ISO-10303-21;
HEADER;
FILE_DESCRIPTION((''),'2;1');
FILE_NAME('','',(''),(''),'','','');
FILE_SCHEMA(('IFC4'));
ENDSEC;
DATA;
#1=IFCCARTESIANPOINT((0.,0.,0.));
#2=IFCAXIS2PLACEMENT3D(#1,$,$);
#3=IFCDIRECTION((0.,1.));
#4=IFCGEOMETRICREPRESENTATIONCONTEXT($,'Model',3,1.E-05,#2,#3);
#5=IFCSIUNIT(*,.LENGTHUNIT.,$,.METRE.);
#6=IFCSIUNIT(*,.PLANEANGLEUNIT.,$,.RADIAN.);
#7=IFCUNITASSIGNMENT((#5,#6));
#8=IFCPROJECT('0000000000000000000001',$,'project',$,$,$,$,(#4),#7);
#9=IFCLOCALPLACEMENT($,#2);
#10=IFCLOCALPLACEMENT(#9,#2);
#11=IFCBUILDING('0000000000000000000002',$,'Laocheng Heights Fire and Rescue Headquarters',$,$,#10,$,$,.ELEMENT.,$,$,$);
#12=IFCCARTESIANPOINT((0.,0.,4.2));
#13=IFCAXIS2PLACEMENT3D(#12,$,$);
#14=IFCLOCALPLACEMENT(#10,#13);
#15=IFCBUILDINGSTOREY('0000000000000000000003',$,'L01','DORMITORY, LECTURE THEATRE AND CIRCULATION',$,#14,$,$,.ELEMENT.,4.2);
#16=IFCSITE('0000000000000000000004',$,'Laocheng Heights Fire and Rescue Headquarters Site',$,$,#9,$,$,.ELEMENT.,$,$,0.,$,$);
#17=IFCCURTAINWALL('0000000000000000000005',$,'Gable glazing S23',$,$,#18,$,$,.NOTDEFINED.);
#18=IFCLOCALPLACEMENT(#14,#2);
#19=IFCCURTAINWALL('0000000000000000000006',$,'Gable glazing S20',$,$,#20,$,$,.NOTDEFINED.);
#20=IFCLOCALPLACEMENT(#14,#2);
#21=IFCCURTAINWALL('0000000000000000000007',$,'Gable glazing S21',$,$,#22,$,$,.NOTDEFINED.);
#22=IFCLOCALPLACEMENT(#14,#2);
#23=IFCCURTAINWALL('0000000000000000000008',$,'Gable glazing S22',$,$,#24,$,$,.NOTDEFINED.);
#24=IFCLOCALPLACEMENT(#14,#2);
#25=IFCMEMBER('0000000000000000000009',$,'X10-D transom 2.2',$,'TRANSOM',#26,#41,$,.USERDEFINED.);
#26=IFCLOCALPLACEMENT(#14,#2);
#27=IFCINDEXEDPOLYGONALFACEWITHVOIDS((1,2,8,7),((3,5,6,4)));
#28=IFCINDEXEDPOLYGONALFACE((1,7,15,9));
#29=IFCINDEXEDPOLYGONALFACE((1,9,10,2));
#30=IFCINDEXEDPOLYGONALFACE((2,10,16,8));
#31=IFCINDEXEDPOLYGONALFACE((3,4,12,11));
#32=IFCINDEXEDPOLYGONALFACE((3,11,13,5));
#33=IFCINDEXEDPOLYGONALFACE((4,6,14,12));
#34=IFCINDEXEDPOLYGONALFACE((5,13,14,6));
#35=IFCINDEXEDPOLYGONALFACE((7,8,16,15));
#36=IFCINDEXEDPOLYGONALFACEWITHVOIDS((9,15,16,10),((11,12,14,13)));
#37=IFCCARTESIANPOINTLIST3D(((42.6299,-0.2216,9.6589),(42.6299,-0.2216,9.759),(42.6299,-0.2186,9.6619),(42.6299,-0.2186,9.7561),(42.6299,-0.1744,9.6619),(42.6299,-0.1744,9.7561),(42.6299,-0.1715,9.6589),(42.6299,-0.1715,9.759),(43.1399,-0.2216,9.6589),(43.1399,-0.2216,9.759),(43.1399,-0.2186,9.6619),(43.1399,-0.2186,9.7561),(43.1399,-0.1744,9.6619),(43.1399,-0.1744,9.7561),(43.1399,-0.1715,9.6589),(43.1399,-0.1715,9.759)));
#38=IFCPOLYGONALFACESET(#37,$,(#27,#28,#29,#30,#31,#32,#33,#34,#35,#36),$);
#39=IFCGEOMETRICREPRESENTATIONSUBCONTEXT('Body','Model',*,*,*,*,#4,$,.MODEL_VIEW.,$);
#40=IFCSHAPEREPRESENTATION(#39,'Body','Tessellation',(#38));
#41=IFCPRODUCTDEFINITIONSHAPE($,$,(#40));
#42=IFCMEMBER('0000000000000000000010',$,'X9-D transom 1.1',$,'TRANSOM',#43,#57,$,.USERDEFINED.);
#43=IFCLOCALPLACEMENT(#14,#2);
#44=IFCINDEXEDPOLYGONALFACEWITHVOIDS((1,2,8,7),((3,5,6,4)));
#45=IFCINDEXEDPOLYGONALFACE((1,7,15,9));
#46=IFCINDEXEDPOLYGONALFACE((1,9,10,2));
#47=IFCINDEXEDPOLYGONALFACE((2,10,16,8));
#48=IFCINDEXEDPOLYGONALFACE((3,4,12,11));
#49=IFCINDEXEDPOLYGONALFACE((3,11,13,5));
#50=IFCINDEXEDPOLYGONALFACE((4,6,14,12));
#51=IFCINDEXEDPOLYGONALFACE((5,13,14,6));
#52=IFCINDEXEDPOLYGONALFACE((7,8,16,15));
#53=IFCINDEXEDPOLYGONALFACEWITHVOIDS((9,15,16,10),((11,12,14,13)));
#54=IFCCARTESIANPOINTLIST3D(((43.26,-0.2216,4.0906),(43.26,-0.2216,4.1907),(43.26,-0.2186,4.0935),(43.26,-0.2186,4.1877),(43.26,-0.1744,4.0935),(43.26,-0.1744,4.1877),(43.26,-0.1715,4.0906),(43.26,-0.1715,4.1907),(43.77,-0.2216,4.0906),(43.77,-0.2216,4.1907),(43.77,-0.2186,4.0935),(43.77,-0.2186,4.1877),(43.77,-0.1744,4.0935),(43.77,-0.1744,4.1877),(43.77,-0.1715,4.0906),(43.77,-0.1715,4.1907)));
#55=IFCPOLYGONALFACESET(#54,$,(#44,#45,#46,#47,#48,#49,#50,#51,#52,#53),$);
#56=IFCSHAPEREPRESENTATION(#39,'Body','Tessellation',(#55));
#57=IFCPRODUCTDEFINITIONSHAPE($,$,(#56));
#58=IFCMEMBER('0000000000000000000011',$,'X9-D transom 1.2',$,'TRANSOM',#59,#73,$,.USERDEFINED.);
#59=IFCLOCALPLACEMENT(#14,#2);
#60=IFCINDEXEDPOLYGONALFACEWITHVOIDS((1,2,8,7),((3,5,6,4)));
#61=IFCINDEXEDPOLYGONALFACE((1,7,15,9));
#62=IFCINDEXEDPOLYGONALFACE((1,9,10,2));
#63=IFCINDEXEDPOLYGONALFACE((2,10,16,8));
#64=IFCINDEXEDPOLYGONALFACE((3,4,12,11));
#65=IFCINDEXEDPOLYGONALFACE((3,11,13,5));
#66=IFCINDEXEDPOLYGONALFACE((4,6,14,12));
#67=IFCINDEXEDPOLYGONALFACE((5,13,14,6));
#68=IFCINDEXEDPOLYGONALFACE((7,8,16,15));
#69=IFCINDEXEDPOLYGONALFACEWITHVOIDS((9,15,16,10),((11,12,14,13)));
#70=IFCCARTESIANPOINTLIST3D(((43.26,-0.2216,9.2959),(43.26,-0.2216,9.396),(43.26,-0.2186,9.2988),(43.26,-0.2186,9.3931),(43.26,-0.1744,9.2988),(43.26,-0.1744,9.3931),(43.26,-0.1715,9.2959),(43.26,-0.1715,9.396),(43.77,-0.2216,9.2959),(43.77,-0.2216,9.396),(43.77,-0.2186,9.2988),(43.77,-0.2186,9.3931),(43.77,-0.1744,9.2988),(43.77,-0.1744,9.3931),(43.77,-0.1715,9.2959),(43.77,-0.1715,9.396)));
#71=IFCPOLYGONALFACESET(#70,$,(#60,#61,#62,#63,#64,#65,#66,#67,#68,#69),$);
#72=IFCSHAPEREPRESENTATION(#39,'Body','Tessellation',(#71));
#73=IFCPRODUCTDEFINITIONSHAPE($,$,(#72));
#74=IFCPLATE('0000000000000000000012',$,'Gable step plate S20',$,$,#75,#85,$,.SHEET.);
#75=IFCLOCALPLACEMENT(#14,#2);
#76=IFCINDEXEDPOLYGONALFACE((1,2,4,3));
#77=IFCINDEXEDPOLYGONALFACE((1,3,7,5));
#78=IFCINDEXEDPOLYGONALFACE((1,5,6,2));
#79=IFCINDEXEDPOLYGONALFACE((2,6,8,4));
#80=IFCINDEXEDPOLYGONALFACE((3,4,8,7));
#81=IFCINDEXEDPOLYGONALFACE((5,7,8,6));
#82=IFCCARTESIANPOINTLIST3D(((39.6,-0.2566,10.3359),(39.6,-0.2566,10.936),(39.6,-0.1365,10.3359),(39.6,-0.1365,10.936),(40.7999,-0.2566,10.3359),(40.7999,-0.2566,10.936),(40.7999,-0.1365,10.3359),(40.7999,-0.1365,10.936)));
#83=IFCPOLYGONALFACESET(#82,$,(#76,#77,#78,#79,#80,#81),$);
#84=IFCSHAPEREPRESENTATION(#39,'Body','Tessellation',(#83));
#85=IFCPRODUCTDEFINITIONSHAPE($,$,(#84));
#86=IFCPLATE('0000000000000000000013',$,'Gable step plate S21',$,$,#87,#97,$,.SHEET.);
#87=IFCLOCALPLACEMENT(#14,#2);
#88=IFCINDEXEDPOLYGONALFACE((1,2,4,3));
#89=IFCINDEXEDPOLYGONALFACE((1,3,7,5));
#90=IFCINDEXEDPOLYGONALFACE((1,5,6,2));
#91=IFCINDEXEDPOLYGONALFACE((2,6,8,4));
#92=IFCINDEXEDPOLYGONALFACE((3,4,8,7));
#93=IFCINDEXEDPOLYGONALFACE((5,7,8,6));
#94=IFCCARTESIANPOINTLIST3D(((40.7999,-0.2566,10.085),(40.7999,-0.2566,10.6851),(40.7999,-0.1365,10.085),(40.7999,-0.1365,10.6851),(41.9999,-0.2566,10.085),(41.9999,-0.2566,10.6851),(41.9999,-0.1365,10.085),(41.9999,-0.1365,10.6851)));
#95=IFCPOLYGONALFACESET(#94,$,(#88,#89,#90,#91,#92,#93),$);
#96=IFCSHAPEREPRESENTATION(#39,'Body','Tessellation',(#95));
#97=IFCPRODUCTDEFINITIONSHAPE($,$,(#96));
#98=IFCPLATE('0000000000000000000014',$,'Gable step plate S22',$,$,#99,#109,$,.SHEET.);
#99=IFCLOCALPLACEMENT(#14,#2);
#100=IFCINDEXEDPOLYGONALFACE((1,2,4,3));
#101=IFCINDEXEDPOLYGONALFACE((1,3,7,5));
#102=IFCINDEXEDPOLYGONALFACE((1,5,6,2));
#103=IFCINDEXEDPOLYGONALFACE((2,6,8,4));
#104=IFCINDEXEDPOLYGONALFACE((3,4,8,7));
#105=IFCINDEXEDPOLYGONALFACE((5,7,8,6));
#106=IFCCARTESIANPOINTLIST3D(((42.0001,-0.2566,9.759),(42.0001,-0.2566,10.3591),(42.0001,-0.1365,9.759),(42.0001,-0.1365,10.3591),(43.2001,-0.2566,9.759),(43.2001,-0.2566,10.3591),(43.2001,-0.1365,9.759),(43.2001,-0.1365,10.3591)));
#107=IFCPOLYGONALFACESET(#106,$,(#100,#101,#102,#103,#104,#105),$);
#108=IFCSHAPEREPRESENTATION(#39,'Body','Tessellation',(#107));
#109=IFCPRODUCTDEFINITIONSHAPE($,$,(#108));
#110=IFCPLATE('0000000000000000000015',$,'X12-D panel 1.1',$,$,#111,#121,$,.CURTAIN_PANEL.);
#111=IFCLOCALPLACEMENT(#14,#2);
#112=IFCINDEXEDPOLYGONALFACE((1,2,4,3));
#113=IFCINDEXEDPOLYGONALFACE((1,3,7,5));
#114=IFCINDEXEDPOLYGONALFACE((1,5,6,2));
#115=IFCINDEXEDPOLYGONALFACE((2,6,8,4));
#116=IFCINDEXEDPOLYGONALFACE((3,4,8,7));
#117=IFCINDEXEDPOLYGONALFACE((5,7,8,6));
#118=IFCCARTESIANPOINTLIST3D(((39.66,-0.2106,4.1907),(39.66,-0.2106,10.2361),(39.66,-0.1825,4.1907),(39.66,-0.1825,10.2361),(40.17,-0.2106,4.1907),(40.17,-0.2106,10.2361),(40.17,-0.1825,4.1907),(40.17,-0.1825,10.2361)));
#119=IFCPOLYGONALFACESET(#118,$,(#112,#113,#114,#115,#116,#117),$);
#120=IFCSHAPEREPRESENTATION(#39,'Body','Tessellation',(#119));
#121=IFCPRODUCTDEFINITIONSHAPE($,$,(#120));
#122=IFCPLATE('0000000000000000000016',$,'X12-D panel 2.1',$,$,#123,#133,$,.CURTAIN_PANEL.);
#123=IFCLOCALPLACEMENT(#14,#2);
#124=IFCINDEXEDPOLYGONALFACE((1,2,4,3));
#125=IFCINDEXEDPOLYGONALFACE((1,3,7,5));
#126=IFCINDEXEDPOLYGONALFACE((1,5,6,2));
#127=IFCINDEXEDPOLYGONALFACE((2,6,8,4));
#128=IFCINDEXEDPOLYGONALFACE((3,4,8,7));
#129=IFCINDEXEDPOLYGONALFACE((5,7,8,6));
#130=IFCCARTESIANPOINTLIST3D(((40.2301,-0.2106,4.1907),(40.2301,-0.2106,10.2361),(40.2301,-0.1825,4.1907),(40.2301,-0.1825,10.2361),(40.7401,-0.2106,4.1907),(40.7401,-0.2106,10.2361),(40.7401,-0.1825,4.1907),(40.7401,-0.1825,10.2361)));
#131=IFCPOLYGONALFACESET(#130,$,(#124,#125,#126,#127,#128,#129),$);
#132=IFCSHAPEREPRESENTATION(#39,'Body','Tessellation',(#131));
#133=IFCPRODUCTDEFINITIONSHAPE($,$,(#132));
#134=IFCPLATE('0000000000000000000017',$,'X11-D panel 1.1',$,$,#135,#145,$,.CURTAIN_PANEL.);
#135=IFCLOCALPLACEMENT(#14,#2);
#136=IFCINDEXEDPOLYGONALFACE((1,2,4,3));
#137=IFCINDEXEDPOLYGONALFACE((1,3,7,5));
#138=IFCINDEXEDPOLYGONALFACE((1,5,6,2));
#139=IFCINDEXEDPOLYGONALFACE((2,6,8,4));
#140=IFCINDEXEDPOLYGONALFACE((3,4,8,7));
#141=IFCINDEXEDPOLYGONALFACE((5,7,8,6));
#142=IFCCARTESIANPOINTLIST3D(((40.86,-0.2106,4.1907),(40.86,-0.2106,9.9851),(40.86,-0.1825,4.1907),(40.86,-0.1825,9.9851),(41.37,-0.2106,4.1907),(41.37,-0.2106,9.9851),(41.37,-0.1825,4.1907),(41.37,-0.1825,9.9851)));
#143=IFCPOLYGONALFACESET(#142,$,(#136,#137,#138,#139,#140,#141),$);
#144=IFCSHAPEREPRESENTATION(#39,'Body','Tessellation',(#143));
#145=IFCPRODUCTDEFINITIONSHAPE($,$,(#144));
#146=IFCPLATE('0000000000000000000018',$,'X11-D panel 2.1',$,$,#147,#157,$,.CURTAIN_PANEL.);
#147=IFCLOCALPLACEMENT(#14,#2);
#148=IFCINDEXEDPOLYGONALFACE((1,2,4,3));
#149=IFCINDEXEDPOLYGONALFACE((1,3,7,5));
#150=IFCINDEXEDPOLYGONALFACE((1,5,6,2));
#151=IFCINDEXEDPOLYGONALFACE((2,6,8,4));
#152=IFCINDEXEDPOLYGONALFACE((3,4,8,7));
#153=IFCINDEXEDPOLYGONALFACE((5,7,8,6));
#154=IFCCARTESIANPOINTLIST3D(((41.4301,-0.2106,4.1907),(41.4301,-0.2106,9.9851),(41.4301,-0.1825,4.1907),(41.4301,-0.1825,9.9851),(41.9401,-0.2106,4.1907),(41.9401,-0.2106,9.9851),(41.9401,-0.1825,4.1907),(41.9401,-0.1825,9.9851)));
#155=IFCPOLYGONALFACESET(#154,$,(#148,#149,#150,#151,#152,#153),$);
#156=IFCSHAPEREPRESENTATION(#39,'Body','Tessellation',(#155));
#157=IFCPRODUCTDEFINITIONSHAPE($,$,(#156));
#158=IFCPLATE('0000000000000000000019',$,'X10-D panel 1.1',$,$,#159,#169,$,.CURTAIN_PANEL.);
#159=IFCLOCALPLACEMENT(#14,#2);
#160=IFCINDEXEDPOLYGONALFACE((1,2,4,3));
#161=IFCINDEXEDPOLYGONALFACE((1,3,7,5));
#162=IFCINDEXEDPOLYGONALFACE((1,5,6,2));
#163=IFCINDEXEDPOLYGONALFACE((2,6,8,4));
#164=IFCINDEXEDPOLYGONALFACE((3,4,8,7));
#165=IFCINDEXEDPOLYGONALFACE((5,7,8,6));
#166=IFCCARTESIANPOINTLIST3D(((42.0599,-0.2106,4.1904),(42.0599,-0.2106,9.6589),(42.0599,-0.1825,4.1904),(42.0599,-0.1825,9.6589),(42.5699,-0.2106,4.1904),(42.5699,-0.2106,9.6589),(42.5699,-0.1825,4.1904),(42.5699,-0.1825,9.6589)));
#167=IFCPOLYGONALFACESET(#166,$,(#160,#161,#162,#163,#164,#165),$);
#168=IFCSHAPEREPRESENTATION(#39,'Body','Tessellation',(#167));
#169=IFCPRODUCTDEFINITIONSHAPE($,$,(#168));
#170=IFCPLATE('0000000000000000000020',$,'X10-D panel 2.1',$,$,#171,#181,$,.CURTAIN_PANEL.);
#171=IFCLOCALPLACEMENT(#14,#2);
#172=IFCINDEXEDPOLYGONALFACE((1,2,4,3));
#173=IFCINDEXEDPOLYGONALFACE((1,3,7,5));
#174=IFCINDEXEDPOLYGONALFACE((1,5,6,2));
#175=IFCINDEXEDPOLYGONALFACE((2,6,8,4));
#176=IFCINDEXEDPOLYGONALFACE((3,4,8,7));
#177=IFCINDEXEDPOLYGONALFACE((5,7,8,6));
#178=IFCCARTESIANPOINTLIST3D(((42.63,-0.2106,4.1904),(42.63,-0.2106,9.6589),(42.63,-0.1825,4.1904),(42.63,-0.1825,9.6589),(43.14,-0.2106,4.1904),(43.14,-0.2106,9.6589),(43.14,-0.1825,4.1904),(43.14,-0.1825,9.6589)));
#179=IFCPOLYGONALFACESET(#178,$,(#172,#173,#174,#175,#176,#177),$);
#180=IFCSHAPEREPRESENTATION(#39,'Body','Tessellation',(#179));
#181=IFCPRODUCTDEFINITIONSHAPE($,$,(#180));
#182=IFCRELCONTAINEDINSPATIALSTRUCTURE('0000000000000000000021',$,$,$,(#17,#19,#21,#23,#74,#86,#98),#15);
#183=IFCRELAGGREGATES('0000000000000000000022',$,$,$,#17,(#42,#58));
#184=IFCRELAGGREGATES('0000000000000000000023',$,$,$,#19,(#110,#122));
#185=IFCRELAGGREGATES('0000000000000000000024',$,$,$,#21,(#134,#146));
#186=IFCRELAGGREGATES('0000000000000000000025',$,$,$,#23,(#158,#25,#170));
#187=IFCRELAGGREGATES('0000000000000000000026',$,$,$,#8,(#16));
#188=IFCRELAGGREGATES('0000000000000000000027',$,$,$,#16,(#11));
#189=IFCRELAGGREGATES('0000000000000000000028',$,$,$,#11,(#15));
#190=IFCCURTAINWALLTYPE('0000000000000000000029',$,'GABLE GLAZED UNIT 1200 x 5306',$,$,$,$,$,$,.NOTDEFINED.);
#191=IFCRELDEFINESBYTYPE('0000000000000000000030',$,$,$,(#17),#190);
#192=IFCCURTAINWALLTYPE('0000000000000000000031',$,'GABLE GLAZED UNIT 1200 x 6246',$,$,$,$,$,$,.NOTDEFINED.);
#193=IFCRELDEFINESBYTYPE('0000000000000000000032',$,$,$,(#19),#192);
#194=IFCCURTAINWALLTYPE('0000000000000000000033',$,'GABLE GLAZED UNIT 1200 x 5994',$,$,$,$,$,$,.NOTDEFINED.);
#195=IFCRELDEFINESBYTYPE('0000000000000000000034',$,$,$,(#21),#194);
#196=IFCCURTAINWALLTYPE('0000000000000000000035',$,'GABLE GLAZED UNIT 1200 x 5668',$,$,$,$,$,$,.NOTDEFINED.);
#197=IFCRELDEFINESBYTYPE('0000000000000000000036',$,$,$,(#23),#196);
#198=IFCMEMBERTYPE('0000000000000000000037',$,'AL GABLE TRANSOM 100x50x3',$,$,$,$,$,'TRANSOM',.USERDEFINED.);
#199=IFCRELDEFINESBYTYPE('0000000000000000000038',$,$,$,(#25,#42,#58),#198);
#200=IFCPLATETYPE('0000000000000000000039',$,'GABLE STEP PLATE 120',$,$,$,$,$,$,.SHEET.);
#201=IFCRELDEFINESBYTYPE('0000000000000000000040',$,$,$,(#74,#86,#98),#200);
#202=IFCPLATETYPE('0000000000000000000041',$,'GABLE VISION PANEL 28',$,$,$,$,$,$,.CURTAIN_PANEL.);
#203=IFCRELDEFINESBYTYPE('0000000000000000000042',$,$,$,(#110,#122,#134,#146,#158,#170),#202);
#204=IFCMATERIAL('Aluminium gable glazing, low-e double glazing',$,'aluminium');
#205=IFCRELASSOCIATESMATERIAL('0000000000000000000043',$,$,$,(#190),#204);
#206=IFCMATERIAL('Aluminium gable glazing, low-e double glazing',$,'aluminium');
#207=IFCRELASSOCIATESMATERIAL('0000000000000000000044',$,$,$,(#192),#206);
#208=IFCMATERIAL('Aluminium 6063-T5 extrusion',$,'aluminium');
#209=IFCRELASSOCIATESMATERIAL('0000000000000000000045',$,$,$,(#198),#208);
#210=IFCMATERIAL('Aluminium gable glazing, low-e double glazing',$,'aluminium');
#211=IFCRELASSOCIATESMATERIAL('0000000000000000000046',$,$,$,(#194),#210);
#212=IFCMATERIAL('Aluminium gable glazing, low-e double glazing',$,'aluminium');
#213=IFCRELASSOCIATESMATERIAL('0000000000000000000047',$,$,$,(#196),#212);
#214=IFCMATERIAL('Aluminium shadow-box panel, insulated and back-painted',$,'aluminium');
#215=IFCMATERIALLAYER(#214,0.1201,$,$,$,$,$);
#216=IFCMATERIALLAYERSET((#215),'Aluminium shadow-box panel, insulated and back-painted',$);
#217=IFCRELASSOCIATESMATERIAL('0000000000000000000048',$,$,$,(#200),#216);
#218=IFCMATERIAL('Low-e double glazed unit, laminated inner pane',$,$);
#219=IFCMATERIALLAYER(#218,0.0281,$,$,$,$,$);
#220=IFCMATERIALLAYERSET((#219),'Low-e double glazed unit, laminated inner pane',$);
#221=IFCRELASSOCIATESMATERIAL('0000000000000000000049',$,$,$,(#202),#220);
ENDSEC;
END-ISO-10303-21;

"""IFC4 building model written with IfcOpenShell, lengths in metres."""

from ifc_helpers import new_model, si_unit, direction, frame, origin, origin_2d, place, context, subcontext, project, spatial, rectangle, hollow_rectangle, extrude, material, layer, layer_set, material_profile, profile_set, type_object, element, aggregate, save


model = new_model("IFC4")

# Units and contexts
model_context = context("Model", 3, precision=1e-05, world=origin(), true_north=direction((0.0, 1.0)))
body_context = subcontext(model_context, "Body", "Model", "MODEL_VIEW")
ifc_project = project(units=[si_unit("LENGTHUNIT", "METRE"), si_unit("PLANEANGLEUNIT", "RADIAN")], contexts=[model_context])

# Site, building, storey
site_placement = place(None, origin())
site = spatial("IfcSite", under=ifc_project, at=site_placement, Name="Laocheng Heights Fire and Rescue Headquarters Site", CompositionType="ELEMENT", RefElevation=0.0)
building_placement = place(site_placement, origin())
building = spatial("IfcBuilding", under=site, at=building_placement, Name="Laocheng Heights Fire and Rescue Headquarters", CompositionType="ELEMENT")
storey_placement = place(building_placement, frame((0.0, 0.0, 4.2)))
storey = spatial("IfcBuildingStorey", under=building, at=storey_placement, Name="L01", Description="DORMITORY, LECTURE THEATRE AND CIRCULATION", CompositionType="ELEMENT", Elevation=4.2)

# Curtain wall
ifc_material_1 = material(Name="Aluminium gable glazing, low-e double glazing", Category="aluminium")
curtain_wall_type_1 = type_object("IfcCurtainWallType", Name="GABLE GLAZED UNIT 1200 x 5306", PredefinedType="NOTDEFINED", material=ifc_material_1)
curtain_wall_1_placement = place(storey_placement, origin())
curtain_wall_1 = element("IfcCurtainWall", 1, at=curtain_wall_1_placement, inside=storey, type_object=curtain_wall_type_1, Name="Gable glazing S23", PredefinedType="NOTDEFINED")

# Curtain walls, member
ifc_material_2 = material(Name="Aluminium gable glazing, low-e double glazing", Category="aluminium")
curtain_wall_type_2 = type_object("IfcCurtainWallType", Name="GABLE GLAZED UNIT 1200 x 6246", PredefinedType="NOTDEFINED", material=ifc_material_2)
curtain_wall_2_placement = place(storey_placement, origin())
curtain_wall_2 = element("IfcCurtainWall", 2, at=curtain_wall_2_placement, inside=storey, type_object=curtain_wall_type_2, Name="Gable glazing S20", PredefinedType="NOTDEFINED")
ifc_material_3 = material(Name="Aluminium 6063-T5 extrusion", Category="aluminium")
ifc_material_profile_1 = material_profile(ifc_material_3, hollow_rectangle(XDim=0.05, YDim=0.1001, WallThickness=0.0029, at=origin_2d()), Name="AL TRANSOM 100x50x3")
ifc_profile_set_1 = profile_set([ifc_material_profile_1], Name="Aluminium 6063-T5 extrusion")
member_type_1 = type_object("IfcMemberType", Name="AL GABLE TRANSOM 100x50x3", ElementType="TRANSOM", PredefinedType="USERDEFINED", material=ifc_profile_set_1)
ifc_material_4 = material(Name="Aluminium gable glazing, low-e double glazing", Category="aluminium")
curtain_wall_type_3 = type_object("IfcCurtainWallType", Name="GABLE GLAZED UNIT 1200 x 5994", PredefinedType="NOTDEFINED", material=ifc_material_4)
curtain_wall_3_placement = place(storey_placement, origin())
curtain_wall_3 = element("IfcCurtainWall", 3, at=curtain_wall_3_placement, inside=storey, type_object=curtain_wall_type_3, Name="Gable glazing S21", PredefinedType="NOTDEFINED")
ifc_material_5 = material(Name="Aluminium gable glazing, low-e double glazing", Category="aluminium")
curtain_wall_type_4 = type_object("IfcCurtainWallType", Name="GABLE GLAZED UNIT 1200 x 5668", PredefinedType="NOTDEFINED", material=ifc_material_5)
curtain_wall_4_placement = place(storey_placement, origin())
curtain_wall_4 = element("IfcCurtainWall", 4, at=curtain_wall_4_placement, inside=storey, type_object=curtain_wall_type_4, Name="Gable glazing S22", PredefinedType="NOTDEFINED")
member_1_placement = place(storey_placement, frame((42.6299, -0.1965, 9.709), z_axis=(1.0, 0.0, 0.0), x_axis=(0.0, 1.0, 0.0)))
member_1 = element("IfcMember", 5, at=member_1_placement, type_object=member_type_1, Name="X10-D transom 2.2", ObjectType="TRANSOM", PredefinedType="USERDEFINED", context=body_context, shape_type="SweptSolid", body=[
    extrude(hollow_rectangle(XDim=0.05, YDim=0.1001, WallThickness=0.0029, at=origin_2d()), origin(), (0.0, 0.0, 1.0), 0.51),
])

# Members
member_2_placement = place(storey_placement, frame((43.26, -0.1965, 4.1406), z_axis=(1.0, 0.0, 0.0), x_axis=(0.0, 1.0, 0.0)))
member_2 = element("IfcMember", 6, at=member_2_placement, type_object=member_type_1, Name="X9-D transom 1.1", ObjectType="TRANSOM", PredefinedType="USERDEFINED", context=body_context, shape_type="SweptSolid", body=[
    extrude(hollow_rectangle(XDim=0.05, YDim=0.1001, WallThickness=0.0029, at=origin_2d()), origin(), (0.0, 0.0, 1.0), 0.51),
])
member_3_placement = place(storey_placement, frame((43.26, -0.1965, 9.3459), z_axis=(1.0, 0.0, 0.0), x_axis=(0.0, 1.0, 0.0)))
member_3 = element("IfcMember", 7, at=member_3_placement, type_object=member_type_1, Name="X9-D transom 1.2", ObjectType="TRANSOM", PredefinedType="USERDEFINED", context=body_context, shape_type="SweptSolid", body=[
    extrude(hollow_rectangle(XDim=0.05, YDim=0.1001, WallThickness=0.0029, at=origin_2d()), origin(), (0.0, 0.0, 1.0), 0.51),
])
aggregate(curtain_wall_1, [member_2, member_3])

# Plates
ifc_material_6 = material(Name="Aluminium shadow-box panel, insulated and back-painted", Category="aluminium")
ifc_layer_1 = layer(ifc_material_6, 0.1201)
ifc_layer_set_1 = layer_set([ifc_layer_1], Name="Aluminium shadow-box panel, insulated and back-painted")
plate_type_1 = type_object("IfcPlateType", Name="GABLE STEP PLATE 120", PredefinedType="SHEET", material=ifc_layer_set_1)
for number, where, z_axis, x_axis, name in (
    (8, (40.2, -0.1965, 10.3359), (0.0, 0.0, 1.0), (1.0, 0.0, 0.0), "Gable step plate S20"),
    (9, (41.3999, -0.1965, 10.085), (0.0, 0.0, 1.0), (1.0, 0.0, 0.0), "Gable step plate S21"),
    (10, (42.6001, -0.1965, 9.759), (0.0, 0.0, 1.0), (1.0, 0.0, 0.0), "Gable step plate S22"),
):
    element("IfcPlate", number, at=place(storey_placement, frame(where, z_axis=z_axis, x_axis=x_axis)), inside=storey, type_object=plate_type_1, Name=name, PredefinedType="SHEET", context=body_context, shape_type="SweptSolid", body=[
        extrude(rectangle(XDim=1.2, YDim=0.1201, at=origin_2d()), origin(), (0.0, 0.0, 1.0), 0.6001),
    ])

# Plates
ifc_material_7 = material(Name="Low-e double glazed unit, laminated inner pane")
ifc_layer_2 = layer(ifc_material_7, 0.0281)
ifc_layer_set_2 = layer_set([ifc_layer_2], Name="Low-e double glazed unit, laminated inner pane")
plate_type_2 = type_object("IfcPlateType", Name="GABLE VISION PANEL 28", PredefinedType="CURTAIN_PANEL", material=ifc_layer_set_2)
plate_1_placement = place(storey_placement, frame((39.915, -0.1965, 4.1907), z_axis=(0.0, 0.0, 1.0), x_axis=(1.0, 0.0, 0.0)))
plate_1 = element("IfcPlate", 11, at=plate_1_placement, type_object=plate_type_2, Name="X12-D panel 1.1", PredefinedType="CURTAIN_PANEL", context=body_context, shape_type="SweptSolid", body=[
    extrude(rectangle(XDim=0.51, YDim=0.0281, at=origin_2d()), origin(), (0.0, 0.0, 1.0), 6.0454),
])
plate_2_placement = place(storey_placement, frame((40.4851, -0.1965, 4.1907), z_axis=(0.0, 0.0, 1.0), x_axis=(1.0, 0.0, 0.0)))
plate_2 = element("IfcPlate", 12, at=plate_2_placement, type_object=plate_type_2, Name="X12-D panel 2.1", PredefinedType="CURTAIN_PANEL", context=body_context, shape_type="SweptSolid", body=[
    extrude(rectangle(XDim=0.51, YDim=0.0281, at=origin_2d()), origin(), (0.0, 0.0, 1.0), 6.0454),
])
aggregate(curtain_wall_2, [plate_1, plate_2])
plate_3_placement = place(storey_placement, frame((41.115, -0.1965, 4.1907), z_axis=(0.0, 0.0, 1.0), x_axis=(1.0, 0.0, 0.0)))
plate_3 = element("IfcPlate", 13, at=plate_3_placement, type_object=plate_type_2, Name="X11-D panel 1.1", PredefinedType="CURTAIN_PANEL", context=body_context, shape_type="SweptSolid", body=[
    extrude(rectangle(XDim=0.51, YDim=0.0281, at=origin_2d()), origin(), (0.0, 0.0, 1.0), 5.7944),
])
plate_4_placement = place(storey_placement, frame((41.6851, -0.1965, 4.1907), z_axis=(0.0, 0.0, 1.0), x_axis=(1.0, 0.0, 0.0)))
plate_4 = element("IfcPlate", 14, at=plate_4_placement, type_object=plate_type_2, Name="X11-D panel 2.1", PredefinedType="CURTAIN_PANEL", context=body_context, shape_type="SweptSolid", body=[
    extrude(rectangle(XDim=0.51, YDim=0.0281, at=origin_2d()), origin(), (0.0, 0.0, 1.0), 5.7944),
])
aggregate(curtain_wall_3, [plate_3, plate_4])
plate_5_placement = place(storey_placement, frame((42.3149, -0.1965, 4.1904), z_axis=(0.0, 0.0, 1.0), x_axis=(1.0, 0.0, 0.0)))
plate_5 = element("IfcPlate", 15, at=plate_5_placement, type_object=plate_type_2, Name="X10-D panel 1.1", PredefinedType="CURTAIN_PANEL", context=body_context, shape_type="SweptSolid", body=[
    extrude(rectangle(XDim=0.51, YDim=0.0281, at=origin_2d()), origin(), (0.0, 0.0, 1.0), 5.4685),
])
plate_6_placement = place(storey_placement, frame((42.885, -0.1965, 4.1904), z_axis=(0.0, 0.0, 1.0), x_axis=(1.0, 0.0, 0.0)))
plate_6 = element("IfcPlate", 16, at=plate_6_placement, type_object=plate_type_2, Name="X10-D panel 2.1", PredefinedType="CURTAIN_PANEL", context=body_context, shape_type="SweptSolid", body=[
    extrude(rectangle(XDim=0.51, YDim=0.0281, at=origin_2d()), origin(), (0.0, 0.0, 1.0), 5.4685),
])
aggregate(curtain_wall_4, [plate_5, member_1, plate_6])

save(model, "model.ifc")
